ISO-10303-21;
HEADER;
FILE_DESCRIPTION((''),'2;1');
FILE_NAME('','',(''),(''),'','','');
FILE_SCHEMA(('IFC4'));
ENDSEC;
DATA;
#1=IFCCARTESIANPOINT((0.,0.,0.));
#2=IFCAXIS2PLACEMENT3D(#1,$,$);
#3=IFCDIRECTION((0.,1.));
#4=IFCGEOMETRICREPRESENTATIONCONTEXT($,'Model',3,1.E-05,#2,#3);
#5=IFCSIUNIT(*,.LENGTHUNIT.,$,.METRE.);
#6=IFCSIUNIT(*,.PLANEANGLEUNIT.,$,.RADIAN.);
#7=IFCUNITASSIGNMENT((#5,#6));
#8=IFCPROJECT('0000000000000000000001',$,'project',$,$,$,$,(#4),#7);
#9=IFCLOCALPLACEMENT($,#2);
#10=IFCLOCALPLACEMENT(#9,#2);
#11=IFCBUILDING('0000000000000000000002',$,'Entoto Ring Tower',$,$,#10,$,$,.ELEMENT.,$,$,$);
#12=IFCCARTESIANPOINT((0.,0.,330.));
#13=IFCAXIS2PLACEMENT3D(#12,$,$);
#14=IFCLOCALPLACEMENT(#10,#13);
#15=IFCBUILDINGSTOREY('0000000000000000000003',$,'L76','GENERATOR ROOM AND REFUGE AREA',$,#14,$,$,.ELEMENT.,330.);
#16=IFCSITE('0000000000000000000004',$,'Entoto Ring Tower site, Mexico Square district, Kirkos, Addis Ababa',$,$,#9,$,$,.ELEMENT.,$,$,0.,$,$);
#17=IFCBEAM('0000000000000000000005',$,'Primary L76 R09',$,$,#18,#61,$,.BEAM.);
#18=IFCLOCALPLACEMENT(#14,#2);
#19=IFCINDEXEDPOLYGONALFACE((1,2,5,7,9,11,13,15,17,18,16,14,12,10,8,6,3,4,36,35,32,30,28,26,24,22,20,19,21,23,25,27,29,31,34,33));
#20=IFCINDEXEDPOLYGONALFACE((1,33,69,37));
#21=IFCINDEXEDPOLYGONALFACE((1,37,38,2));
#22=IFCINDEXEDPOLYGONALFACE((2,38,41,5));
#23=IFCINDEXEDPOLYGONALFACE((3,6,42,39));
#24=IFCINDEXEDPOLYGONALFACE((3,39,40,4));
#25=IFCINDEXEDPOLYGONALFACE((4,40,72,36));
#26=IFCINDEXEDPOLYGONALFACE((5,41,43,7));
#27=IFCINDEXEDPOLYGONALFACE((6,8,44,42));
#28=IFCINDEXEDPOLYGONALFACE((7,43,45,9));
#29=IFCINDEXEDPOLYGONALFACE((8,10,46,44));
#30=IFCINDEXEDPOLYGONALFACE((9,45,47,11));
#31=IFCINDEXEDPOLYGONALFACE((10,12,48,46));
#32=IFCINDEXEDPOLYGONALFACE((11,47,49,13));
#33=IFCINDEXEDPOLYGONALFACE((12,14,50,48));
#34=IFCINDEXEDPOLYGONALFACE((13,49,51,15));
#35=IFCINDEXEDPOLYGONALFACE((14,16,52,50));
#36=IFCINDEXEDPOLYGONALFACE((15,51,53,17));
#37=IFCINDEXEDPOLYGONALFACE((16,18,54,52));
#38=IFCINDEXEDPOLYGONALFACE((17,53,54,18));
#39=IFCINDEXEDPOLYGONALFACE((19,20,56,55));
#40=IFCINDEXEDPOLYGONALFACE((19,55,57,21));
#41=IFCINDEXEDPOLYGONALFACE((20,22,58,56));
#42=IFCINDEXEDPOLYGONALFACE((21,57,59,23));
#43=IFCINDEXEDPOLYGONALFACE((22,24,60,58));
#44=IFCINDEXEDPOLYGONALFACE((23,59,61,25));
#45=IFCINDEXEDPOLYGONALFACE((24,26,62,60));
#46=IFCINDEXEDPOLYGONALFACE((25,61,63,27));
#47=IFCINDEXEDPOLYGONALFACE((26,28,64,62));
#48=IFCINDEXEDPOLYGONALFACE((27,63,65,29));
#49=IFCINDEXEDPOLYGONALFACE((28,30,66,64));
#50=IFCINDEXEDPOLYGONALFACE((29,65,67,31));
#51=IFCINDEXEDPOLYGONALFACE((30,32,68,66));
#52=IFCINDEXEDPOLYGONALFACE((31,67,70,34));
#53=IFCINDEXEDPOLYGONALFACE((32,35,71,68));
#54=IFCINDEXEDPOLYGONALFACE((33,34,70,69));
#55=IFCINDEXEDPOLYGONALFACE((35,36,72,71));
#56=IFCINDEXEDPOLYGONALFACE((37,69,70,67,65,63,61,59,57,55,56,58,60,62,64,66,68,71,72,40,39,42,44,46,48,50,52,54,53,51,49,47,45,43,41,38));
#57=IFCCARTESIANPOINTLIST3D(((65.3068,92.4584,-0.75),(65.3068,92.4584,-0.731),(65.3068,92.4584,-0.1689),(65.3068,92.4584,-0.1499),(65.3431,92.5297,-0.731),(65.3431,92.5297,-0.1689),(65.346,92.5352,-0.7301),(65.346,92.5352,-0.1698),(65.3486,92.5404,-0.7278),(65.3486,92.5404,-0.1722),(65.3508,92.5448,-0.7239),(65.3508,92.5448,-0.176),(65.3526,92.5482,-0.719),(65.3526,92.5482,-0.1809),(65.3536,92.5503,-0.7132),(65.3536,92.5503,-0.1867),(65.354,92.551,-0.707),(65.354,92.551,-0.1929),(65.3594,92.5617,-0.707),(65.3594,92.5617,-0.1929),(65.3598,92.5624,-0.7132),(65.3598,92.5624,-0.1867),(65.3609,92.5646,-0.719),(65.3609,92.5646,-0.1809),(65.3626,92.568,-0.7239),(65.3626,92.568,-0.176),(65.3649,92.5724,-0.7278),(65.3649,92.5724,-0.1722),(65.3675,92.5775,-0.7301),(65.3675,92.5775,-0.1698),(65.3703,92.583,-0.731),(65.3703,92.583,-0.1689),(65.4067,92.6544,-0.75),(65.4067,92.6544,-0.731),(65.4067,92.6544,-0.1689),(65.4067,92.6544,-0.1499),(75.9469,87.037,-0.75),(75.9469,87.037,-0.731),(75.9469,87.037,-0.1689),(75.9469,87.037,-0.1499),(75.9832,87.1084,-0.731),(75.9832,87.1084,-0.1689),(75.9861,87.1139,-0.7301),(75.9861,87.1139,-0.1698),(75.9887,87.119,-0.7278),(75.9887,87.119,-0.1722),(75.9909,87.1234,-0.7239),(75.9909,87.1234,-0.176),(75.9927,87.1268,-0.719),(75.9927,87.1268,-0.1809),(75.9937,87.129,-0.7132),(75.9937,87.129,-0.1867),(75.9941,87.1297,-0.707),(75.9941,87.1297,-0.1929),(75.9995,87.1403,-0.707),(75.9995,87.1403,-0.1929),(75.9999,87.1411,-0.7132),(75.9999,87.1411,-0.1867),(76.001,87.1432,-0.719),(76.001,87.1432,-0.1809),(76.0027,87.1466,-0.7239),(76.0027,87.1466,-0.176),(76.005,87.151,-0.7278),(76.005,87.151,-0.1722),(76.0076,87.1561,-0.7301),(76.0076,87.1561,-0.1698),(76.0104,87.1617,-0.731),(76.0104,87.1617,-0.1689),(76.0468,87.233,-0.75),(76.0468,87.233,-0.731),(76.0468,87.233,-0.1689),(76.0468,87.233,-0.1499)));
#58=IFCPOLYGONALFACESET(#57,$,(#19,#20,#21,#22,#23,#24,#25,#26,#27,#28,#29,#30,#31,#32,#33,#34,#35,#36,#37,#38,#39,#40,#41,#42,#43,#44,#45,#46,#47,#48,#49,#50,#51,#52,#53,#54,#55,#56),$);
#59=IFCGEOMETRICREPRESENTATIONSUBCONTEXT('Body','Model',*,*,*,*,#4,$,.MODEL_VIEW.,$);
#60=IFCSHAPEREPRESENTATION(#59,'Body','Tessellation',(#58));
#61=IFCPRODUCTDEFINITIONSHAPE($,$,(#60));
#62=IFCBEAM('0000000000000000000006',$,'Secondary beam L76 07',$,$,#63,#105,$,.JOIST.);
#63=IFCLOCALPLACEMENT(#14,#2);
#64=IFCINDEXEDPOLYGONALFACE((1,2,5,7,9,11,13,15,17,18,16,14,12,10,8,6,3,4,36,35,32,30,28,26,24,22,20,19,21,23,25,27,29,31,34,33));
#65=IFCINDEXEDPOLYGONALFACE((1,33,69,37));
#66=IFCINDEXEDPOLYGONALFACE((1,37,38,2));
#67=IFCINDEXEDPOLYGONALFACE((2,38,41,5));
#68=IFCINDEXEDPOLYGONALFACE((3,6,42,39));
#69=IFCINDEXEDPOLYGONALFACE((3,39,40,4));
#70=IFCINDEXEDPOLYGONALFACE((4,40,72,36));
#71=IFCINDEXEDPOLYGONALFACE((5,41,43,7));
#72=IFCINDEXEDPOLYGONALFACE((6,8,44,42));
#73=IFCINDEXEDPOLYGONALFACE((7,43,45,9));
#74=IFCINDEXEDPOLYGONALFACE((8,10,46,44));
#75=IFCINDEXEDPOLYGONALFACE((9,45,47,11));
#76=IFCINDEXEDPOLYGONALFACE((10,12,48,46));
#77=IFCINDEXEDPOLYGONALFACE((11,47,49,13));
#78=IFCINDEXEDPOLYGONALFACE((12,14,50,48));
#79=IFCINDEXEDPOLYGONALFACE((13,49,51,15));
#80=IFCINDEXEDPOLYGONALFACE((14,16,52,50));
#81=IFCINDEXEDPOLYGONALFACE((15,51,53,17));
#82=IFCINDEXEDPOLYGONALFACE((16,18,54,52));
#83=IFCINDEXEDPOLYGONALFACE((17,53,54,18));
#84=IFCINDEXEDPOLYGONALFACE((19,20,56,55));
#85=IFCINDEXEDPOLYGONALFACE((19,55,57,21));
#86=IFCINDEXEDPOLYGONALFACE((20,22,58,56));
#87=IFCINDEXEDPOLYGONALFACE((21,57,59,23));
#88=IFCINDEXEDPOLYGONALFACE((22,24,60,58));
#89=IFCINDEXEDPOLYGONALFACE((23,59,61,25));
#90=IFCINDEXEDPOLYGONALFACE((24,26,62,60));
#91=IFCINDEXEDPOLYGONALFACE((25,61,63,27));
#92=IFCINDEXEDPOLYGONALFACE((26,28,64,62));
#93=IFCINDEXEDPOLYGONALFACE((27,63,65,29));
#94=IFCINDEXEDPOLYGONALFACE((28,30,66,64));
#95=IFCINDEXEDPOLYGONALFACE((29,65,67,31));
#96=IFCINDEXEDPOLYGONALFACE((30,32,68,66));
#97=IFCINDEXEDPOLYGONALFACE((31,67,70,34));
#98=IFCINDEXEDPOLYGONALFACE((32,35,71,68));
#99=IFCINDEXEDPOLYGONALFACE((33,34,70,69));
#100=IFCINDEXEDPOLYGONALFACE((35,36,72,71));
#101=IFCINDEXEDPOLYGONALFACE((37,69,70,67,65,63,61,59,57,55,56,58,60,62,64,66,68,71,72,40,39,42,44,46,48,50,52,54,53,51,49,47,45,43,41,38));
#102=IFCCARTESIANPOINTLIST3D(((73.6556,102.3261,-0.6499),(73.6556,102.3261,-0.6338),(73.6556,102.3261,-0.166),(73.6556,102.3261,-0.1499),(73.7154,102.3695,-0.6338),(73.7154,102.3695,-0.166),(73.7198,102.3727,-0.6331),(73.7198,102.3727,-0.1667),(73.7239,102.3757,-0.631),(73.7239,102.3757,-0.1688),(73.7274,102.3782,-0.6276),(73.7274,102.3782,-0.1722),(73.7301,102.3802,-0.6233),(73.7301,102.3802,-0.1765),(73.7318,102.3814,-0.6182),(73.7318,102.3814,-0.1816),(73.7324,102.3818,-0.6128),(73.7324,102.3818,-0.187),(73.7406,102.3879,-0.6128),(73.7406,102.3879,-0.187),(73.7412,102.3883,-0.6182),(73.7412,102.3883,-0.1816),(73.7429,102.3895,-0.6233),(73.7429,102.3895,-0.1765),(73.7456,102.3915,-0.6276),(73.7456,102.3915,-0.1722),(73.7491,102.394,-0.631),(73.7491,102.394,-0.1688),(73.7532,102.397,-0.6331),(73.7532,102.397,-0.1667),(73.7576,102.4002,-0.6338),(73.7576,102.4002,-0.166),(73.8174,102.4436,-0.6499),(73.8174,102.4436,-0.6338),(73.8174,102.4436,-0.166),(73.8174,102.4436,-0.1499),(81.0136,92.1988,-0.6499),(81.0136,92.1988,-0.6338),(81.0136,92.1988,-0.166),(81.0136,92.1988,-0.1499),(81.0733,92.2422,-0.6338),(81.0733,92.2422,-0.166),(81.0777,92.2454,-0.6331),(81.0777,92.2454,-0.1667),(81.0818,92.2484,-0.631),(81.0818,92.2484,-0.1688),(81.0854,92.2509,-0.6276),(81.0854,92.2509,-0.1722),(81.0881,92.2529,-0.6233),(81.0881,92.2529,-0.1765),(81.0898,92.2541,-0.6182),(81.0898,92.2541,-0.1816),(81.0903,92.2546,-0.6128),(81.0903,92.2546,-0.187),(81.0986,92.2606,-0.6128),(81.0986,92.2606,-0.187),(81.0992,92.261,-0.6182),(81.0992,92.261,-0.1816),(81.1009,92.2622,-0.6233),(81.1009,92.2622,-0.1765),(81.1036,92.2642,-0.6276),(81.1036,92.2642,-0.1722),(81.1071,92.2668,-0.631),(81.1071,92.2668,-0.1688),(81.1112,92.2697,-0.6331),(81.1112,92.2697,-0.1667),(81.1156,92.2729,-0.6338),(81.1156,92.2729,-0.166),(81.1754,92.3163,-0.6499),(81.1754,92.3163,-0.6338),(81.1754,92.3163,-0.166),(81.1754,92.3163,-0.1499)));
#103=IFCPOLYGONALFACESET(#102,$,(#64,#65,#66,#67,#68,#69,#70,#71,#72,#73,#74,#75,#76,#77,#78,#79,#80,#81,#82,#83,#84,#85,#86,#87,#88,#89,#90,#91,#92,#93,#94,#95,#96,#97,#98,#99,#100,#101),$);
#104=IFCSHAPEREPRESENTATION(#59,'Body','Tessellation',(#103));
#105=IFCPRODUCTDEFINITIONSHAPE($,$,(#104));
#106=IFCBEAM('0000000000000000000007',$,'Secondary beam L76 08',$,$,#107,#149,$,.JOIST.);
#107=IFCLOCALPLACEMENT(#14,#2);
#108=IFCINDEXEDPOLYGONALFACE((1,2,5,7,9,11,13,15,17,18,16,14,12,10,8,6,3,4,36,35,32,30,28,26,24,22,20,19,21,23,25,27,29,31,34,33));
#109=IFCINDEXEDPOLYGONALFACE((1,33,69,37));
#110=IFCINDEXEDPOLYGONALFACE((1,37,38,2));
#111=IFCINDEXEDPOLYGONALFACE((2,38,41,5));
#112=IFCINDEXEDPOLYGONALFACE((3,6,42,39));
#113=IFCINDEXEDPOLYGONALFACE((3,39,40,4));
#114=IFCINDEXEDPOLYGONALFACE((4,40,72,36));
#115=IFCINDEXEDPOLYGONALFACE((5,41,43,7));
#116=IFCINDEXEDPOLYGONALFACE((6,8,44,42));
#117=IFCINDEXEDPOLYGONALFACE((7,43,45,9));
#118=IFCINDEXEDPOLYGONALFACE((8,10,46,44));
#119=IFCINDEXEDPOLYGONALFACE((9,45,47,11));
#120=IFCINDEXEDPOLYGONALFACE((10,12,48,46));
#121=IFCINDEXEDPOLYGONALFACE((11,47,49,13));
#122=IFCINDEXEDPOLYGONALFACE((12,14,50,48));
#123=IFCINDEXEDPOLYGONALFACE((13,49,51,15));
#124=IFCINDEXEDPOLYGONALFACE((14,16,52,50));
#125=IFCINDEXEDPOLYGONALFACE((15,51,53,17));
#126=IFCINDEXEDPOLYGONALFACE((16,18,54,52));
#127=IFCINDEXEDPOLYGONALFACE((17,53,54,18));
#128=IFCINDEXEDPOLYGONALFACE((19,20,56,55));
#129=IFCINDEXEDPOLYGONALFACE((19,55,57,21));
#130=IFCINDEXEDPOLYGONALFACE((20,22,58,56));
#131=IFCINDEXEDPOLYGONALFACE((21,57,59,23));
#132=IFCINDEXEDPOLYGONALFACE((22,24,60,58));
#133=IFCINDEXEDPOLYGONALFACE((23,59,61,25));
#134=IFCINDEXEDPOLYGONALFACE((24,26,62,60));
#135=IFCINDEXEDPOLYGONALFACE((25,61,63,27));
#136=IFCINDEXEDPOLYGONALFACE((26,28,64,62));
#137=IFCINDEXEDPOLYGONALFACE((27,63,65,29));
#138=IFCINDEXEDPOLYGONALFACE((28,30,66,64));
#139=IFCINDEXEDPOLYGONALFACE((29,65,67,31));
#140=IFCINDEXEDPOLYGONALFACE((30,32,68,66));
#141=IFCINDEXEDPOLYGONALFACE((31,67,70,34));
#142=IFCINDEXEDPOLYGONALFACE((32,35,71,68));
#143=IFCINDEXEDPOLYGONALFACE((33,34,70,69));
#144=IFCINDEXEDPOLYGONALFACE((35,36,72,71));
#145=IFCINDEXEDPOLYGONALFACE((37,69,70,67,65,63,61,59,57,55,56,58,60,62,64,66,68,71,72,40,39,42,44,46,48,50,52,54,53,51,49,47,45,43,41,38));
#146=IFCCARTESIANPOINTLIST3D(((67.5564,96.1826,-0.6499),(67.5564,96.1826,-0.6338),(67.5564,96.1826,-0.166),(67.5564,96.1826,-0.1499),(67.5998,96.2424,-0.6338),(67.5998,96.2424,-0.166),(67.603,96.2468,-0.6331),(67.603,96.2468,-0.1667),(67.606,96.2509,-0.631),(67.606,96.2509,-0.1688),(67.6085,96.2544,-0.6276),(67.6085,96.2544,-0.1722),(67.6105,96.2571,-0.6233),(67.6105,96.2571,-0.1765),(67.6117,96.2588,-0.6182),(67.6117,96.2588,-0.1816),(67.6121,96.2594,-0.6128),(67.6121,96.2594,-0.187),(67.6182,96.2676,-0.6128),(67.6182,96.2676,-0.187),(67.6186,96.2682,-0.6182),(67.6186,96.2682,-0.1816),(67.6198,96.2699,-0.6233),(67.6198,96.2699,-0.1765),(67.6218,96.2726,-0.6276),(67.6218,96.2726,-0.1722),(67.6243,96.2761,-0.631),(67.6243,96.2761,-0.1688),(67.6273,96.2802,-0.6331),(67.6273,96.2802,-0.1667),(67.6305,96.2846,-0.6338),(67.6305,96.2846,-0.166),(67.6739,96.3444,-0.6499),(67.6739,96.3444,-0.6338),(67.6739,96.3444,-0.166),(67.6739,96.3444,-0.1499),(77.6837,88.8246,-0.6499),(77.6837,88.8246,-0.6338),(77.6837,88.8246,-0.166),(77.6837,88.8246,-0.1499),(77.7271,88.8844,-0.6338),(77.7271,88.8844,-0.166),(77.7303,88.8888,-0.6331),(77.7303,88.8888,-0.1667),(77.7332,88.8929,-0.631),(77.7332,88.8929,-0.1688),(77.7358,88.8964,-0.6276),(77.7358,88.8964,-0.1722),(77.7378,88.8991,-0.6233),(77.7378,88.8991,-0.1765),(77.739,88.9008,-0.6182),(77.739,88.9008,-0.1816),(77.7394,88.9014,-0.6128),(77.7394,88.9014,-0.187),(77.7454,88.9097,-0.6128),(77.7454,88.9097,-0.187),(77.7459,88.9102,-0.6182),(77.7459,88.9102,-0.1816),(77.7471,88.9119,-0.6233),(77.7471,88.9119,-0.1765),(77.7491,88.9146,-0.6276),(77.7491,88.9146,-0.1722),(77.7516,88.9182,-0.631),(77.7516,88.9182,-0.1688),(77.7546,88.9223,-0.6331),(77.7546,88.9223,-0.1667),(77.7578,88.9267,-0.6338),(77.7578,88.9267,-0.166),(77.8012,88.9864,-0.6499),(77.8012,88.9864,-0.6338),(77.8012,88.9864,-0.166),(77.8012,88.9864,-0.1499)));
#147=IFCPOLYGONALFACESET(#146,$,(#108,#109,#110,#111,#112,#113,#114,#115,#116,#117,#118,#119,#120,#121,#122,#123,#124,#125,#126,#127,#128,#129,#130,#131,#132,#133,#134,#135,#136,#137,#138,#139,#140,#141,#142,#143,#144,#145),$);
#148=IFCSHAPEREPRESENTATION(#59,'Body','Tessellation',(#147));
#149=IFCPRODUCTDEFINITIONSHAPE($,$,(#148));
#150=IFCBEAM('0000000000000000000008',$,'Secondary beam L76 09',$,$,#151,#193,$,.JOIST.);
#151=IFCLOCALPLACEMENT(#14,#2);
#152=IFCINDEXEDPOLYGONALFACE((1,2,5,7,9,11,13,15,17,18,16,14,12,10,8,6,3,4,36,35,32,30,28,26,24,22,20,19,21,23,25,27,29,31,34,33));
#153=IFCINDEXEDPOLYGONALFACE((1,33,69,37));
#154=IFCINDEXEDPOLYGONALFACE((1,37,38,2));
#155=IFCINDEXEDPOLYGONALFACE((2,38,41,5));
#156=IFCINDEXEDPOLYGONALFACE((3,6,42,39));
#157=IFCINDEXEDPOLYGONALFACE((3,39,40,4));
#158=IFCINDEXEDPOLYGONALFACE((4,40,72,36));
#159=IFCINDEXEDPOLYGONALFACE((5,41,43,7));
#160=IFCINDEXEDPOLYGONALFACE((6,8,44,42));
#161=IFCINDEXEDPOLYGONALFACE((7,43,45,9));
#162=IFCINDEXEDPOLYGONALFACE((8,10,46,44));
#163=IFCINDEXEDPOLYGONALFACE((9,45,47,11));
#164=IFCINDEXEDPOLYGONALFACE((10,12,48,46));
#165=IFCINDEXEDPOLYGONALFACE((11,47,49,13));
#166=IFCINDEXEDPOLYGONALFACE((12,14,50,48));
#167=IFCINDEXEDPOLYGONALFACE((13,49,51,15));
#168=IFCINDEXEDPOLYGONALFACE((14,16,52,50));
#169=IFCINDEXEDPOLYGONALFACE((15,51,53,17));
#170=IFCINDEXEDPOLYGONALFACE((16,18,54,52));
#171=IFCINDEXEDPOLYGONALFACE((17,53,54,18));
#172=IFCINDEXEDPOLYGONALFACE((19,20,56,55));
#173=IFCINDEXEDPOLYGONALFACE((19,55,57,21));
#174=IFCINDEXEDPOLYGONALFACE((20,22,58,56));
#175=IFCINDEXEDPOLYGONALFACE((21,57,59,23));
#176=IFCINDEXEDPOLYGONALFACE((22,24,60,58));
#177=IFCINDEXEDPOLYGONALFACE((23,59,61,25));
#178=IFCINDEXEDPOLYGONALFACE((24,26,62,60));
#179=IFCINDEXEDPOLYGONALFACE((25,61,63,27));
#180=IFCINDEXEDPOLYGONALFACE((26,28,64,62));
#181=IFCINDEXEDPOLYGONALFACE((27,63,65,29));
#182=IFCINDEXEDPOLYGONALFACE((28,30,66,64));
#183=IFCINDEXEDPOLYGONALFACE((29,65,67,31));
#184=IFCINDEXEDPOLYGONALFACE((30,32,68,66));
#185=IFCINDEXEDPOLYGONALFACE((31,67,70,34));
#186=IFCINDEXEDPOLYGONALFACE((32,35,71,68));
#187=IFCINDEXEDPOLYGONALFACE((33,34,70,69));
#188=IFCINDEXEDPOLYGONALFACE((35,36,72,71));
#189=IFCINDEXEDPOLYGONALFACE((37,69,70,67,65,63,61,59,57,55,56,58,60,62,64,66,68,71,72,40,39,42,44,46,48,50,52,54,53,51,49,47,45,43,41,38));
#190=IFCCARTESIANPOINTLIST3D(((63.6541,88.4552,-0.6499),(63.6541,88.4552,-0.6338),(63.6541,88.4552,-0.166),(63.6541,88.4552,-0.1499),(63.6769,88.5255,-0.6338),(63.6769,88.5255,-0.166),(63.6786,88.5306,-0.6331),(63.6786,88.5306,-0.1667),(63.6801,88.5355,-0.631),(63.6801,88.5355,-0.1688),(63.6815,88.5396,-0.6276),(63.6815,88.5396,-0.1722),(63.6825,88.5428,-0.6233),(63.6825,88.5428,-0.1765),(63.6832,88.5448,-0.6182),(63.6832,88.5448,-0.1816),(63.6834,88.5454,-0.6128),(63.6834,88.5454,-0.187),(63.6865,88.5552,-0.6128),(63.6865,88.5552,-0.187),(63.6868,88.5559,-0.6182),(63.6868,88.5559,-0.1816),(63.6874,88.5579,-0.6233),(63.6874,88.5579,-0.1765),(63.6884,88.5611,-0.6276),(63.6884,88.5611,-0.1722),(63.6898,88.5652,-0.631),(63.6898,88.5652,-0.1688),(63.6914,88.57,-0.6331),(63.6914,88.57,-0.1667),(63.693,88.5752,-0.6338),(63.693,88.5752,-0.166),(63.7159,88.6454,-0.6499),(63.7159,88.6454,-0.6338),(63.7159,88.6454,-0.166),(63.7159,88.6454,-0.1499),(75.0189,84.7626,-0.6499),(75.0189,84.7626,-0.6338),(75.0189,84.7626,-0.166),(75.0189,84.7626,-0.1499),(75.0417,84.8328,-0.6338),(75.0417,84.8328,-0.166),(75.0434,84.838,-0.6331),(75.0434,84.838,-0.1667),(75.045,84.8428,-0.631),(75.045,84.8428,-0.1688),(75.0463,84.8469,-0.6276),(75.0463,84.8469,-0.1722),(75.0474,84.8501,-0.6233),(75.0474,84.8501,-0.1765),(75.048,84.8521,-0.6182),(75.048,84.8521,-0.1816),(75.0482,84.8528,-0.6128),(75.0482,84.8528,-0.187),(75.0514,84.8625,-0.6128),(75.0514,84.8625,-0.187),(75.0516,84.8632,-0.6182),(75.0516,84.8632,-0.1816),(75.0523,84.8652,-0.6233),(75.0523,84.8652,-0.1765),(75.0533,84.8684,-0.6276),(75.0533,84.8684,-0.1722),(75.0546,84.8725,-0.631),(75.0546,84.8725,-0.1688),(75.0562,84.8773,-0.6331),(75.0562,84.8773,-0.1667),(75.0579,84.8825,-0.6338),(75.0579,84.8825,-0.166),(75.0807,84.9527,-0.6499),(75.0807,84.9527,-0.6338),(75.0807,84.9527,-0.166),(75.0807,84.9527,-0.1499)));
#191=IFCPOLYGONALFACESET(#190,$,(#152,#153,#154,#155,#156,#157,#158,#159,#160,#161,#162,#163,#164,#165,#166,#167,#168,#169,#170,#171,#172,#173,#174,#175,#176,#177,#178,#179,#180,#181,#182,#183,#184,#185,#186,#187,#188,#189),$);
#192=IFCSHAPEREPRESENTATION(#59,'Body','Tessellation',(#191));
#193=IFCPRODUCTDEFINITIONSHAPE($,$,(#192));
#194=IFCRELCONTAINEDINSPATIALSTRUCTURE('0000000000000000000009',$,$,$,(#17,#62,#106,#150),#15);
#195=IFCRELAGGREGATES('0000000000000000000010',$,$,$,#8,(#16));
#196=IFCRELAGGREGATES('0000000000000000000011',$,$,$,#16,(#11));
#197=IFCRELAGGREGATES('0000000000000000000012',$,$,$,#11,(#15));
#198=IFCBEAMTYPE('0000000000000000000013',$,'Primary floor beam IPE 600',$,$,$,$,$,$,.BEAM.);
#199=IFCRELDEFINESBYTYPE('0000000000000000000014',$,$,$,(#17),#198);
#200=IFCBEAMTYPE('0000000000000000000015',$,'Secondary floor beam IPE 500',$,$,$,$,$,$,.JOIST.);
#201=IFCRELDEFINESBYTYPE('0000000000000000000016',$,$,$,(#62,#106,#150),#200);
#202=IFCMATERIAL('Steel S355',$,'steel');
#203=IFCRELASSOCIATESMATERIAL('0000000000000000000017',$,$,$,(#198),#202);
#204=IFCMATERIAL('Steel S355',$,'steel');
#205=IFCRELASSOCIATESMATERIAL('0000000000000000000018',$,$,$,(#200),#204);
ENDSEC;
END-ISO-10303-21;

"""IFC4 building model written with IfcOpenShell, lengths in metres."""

from ifc_helpers import new_model, si_unit, direction, frame, origin, origin_2d, place, context, subcontext, project, spatial, i_section, extrude, material, material_profile, profile_set, type_object, element, save


model = new_model("IFC4")

# Units and contexts
model_context = context("Model", 3, precision=1e-05, world=origin(), true_north=direction((0.0, 1.0)))
body_context = subcontext(model_context, "Body", "Model", "MODEL_VIEW")
ifc_project = project(units=[si_unit("LENGTHUNIT", "METRE"), si_unit("PLANEANGLEUNIT", "RADIAN")], contexts=[model_context])

# Site, building, storey
site_placement = place(None, origin())
site = spatial("IfcSite", under=ifc_project, at=site_placement, Name="Entoto Ring Tower site, Mexico Square district, Kirkos, Addis Ababa", CompositionType="ELEMENT", RefElevation=0.0)
building_placement = place(site_placement, origin())
building = spatial("IfcBuilding", under=site, at=building_placement, Name="Entoto Ring Tower", CompositionType="ELEMENT")
storey_placement = place(building_placement, frame((0.0, 0.0, 330.0)))
storey = spatial("IfcBuildingStorey", under=building, at=storey_placement, Name="L76", Description="GENERATOR ROOM AND REFUGE AREA", CompositionType="ELEMENT", Elevation=330.0)

# Beams
ifc_material_1 = material(Name="Steel S355", Category="steel")
ifc_material_profile_1 = material_profile(ifc_material_1, i_section(OverallWidth=0.22, OverallDepth=0.6001, WebThickness=0.012, FlangeThickness=0.019, FilletRadius=0.0239, at=origin_2d()), Name="IPE 600")
ifc_profile_set_1 = profile_set([ifc_material_profile_1], Name="Steel S355")
beam_type_1 = type_object("IfcBeamType", Name="Primary floor beam IPE 600", PredefinedType="BEAM", material=ifc_profile_set_1)
beam_1_placement = place(storey_placement, frame((75.9968, 87.135, -0.45), z_axis=(-0.891008, 0.453988, 0.0), x_axis=(-0.453988, -0.891008, 0.0)))
element("IfcBeam", 1, at=beam_1_placement, inside=storey, type_object=beam_type_1, Name="Primary L76 R09", PredefinedType="BEAM", context=body_context, shape_type="SweptSolid", body=[
    extrude(i_section(OverallWidth=0.22, OverallDepth=0.6001, WebThickness=0.012, FlangeThickness=0.019, FilletRadius=0.0239, at=origin_2d()), origin(), (0.0, 0.0, 1.0), 11.9417),
])
ifc_material_2 = material(Name="Steel S355", Category="steel")
ifc_material_profile_2 = material_profile(ifc_material_2, i_section(OverallWidth=0.2, OverallDepth=0.5, WebThickness=0.0103, FlangeThickness=0.0161, FilletRadius=0.021, at=origin_2d()), Name="IPE 500")
ifc_profile_set_2 = profile_set([ifc_material_profile_2], Name="Steel S355")
beam_type_2 = type_object("IfcBeamType", Name="Secondary floor beam IPE 500", PredefinedType="JOIST", material=ifc_profile_set_2)
for number, where, z_axis, x_axis, name in (
    (2, (81.0945, 92.2576, -0.3999), (-0.587789, 0.809014, 0.0), (-0.809014, -0.587789, 0.0), "Secondary beam L76 07"),
    (3, (77.7424, 88.9055, -0.3999), (-0.809014, 0.587789, 0.0), (-0.587789, -0.809014, 0.0), "Secondary beam L76 08"),
):
    element("IfcBeam", number, at=place(storey_placement, frame(where, z_axis=z_axis, x_axis=x_axis)), inside=storey, type_object=beam_type_2, Name=name, PredefinedType="JOIST", context=body_context, shape_type="SweptSolid", body=[
        extrude(i_section(OverallWidth=0.2, OverallDepth=0.5, WebThickness=0.0103, FlangeThickness=0.0161, FilletRadius=0.021, at=origin_2d()), origin(), (0.0, 0.0, 1.0), 12.5181),
    ])
beam_2_placement = place(storey_placement, frame((75.0498, 84.8577, -0.3999), z_axis=(-0.951057, 0.309017, 0.0), x_axis=(-0.309017, -0.951057, 0.0)))
element("IfcBeam", 4, at=beam_2_placement, inside=storey, type_object=beam_type_2, Name="Secondary beam L76 09", PredefinedType="JOIST", context=body_context, shape_type="SweptSolid", body=[
    extrude(i_section(OverallWidth=0.2, OverallDepth=0.5, WebThickness=0.0103, FlangeThickness=0.0161, FilletRadius=0.021, at=origin_2d()), origin(), (0.0, 0.0, 1.0), 11.9497),
])

save(model, "model.ifc")
